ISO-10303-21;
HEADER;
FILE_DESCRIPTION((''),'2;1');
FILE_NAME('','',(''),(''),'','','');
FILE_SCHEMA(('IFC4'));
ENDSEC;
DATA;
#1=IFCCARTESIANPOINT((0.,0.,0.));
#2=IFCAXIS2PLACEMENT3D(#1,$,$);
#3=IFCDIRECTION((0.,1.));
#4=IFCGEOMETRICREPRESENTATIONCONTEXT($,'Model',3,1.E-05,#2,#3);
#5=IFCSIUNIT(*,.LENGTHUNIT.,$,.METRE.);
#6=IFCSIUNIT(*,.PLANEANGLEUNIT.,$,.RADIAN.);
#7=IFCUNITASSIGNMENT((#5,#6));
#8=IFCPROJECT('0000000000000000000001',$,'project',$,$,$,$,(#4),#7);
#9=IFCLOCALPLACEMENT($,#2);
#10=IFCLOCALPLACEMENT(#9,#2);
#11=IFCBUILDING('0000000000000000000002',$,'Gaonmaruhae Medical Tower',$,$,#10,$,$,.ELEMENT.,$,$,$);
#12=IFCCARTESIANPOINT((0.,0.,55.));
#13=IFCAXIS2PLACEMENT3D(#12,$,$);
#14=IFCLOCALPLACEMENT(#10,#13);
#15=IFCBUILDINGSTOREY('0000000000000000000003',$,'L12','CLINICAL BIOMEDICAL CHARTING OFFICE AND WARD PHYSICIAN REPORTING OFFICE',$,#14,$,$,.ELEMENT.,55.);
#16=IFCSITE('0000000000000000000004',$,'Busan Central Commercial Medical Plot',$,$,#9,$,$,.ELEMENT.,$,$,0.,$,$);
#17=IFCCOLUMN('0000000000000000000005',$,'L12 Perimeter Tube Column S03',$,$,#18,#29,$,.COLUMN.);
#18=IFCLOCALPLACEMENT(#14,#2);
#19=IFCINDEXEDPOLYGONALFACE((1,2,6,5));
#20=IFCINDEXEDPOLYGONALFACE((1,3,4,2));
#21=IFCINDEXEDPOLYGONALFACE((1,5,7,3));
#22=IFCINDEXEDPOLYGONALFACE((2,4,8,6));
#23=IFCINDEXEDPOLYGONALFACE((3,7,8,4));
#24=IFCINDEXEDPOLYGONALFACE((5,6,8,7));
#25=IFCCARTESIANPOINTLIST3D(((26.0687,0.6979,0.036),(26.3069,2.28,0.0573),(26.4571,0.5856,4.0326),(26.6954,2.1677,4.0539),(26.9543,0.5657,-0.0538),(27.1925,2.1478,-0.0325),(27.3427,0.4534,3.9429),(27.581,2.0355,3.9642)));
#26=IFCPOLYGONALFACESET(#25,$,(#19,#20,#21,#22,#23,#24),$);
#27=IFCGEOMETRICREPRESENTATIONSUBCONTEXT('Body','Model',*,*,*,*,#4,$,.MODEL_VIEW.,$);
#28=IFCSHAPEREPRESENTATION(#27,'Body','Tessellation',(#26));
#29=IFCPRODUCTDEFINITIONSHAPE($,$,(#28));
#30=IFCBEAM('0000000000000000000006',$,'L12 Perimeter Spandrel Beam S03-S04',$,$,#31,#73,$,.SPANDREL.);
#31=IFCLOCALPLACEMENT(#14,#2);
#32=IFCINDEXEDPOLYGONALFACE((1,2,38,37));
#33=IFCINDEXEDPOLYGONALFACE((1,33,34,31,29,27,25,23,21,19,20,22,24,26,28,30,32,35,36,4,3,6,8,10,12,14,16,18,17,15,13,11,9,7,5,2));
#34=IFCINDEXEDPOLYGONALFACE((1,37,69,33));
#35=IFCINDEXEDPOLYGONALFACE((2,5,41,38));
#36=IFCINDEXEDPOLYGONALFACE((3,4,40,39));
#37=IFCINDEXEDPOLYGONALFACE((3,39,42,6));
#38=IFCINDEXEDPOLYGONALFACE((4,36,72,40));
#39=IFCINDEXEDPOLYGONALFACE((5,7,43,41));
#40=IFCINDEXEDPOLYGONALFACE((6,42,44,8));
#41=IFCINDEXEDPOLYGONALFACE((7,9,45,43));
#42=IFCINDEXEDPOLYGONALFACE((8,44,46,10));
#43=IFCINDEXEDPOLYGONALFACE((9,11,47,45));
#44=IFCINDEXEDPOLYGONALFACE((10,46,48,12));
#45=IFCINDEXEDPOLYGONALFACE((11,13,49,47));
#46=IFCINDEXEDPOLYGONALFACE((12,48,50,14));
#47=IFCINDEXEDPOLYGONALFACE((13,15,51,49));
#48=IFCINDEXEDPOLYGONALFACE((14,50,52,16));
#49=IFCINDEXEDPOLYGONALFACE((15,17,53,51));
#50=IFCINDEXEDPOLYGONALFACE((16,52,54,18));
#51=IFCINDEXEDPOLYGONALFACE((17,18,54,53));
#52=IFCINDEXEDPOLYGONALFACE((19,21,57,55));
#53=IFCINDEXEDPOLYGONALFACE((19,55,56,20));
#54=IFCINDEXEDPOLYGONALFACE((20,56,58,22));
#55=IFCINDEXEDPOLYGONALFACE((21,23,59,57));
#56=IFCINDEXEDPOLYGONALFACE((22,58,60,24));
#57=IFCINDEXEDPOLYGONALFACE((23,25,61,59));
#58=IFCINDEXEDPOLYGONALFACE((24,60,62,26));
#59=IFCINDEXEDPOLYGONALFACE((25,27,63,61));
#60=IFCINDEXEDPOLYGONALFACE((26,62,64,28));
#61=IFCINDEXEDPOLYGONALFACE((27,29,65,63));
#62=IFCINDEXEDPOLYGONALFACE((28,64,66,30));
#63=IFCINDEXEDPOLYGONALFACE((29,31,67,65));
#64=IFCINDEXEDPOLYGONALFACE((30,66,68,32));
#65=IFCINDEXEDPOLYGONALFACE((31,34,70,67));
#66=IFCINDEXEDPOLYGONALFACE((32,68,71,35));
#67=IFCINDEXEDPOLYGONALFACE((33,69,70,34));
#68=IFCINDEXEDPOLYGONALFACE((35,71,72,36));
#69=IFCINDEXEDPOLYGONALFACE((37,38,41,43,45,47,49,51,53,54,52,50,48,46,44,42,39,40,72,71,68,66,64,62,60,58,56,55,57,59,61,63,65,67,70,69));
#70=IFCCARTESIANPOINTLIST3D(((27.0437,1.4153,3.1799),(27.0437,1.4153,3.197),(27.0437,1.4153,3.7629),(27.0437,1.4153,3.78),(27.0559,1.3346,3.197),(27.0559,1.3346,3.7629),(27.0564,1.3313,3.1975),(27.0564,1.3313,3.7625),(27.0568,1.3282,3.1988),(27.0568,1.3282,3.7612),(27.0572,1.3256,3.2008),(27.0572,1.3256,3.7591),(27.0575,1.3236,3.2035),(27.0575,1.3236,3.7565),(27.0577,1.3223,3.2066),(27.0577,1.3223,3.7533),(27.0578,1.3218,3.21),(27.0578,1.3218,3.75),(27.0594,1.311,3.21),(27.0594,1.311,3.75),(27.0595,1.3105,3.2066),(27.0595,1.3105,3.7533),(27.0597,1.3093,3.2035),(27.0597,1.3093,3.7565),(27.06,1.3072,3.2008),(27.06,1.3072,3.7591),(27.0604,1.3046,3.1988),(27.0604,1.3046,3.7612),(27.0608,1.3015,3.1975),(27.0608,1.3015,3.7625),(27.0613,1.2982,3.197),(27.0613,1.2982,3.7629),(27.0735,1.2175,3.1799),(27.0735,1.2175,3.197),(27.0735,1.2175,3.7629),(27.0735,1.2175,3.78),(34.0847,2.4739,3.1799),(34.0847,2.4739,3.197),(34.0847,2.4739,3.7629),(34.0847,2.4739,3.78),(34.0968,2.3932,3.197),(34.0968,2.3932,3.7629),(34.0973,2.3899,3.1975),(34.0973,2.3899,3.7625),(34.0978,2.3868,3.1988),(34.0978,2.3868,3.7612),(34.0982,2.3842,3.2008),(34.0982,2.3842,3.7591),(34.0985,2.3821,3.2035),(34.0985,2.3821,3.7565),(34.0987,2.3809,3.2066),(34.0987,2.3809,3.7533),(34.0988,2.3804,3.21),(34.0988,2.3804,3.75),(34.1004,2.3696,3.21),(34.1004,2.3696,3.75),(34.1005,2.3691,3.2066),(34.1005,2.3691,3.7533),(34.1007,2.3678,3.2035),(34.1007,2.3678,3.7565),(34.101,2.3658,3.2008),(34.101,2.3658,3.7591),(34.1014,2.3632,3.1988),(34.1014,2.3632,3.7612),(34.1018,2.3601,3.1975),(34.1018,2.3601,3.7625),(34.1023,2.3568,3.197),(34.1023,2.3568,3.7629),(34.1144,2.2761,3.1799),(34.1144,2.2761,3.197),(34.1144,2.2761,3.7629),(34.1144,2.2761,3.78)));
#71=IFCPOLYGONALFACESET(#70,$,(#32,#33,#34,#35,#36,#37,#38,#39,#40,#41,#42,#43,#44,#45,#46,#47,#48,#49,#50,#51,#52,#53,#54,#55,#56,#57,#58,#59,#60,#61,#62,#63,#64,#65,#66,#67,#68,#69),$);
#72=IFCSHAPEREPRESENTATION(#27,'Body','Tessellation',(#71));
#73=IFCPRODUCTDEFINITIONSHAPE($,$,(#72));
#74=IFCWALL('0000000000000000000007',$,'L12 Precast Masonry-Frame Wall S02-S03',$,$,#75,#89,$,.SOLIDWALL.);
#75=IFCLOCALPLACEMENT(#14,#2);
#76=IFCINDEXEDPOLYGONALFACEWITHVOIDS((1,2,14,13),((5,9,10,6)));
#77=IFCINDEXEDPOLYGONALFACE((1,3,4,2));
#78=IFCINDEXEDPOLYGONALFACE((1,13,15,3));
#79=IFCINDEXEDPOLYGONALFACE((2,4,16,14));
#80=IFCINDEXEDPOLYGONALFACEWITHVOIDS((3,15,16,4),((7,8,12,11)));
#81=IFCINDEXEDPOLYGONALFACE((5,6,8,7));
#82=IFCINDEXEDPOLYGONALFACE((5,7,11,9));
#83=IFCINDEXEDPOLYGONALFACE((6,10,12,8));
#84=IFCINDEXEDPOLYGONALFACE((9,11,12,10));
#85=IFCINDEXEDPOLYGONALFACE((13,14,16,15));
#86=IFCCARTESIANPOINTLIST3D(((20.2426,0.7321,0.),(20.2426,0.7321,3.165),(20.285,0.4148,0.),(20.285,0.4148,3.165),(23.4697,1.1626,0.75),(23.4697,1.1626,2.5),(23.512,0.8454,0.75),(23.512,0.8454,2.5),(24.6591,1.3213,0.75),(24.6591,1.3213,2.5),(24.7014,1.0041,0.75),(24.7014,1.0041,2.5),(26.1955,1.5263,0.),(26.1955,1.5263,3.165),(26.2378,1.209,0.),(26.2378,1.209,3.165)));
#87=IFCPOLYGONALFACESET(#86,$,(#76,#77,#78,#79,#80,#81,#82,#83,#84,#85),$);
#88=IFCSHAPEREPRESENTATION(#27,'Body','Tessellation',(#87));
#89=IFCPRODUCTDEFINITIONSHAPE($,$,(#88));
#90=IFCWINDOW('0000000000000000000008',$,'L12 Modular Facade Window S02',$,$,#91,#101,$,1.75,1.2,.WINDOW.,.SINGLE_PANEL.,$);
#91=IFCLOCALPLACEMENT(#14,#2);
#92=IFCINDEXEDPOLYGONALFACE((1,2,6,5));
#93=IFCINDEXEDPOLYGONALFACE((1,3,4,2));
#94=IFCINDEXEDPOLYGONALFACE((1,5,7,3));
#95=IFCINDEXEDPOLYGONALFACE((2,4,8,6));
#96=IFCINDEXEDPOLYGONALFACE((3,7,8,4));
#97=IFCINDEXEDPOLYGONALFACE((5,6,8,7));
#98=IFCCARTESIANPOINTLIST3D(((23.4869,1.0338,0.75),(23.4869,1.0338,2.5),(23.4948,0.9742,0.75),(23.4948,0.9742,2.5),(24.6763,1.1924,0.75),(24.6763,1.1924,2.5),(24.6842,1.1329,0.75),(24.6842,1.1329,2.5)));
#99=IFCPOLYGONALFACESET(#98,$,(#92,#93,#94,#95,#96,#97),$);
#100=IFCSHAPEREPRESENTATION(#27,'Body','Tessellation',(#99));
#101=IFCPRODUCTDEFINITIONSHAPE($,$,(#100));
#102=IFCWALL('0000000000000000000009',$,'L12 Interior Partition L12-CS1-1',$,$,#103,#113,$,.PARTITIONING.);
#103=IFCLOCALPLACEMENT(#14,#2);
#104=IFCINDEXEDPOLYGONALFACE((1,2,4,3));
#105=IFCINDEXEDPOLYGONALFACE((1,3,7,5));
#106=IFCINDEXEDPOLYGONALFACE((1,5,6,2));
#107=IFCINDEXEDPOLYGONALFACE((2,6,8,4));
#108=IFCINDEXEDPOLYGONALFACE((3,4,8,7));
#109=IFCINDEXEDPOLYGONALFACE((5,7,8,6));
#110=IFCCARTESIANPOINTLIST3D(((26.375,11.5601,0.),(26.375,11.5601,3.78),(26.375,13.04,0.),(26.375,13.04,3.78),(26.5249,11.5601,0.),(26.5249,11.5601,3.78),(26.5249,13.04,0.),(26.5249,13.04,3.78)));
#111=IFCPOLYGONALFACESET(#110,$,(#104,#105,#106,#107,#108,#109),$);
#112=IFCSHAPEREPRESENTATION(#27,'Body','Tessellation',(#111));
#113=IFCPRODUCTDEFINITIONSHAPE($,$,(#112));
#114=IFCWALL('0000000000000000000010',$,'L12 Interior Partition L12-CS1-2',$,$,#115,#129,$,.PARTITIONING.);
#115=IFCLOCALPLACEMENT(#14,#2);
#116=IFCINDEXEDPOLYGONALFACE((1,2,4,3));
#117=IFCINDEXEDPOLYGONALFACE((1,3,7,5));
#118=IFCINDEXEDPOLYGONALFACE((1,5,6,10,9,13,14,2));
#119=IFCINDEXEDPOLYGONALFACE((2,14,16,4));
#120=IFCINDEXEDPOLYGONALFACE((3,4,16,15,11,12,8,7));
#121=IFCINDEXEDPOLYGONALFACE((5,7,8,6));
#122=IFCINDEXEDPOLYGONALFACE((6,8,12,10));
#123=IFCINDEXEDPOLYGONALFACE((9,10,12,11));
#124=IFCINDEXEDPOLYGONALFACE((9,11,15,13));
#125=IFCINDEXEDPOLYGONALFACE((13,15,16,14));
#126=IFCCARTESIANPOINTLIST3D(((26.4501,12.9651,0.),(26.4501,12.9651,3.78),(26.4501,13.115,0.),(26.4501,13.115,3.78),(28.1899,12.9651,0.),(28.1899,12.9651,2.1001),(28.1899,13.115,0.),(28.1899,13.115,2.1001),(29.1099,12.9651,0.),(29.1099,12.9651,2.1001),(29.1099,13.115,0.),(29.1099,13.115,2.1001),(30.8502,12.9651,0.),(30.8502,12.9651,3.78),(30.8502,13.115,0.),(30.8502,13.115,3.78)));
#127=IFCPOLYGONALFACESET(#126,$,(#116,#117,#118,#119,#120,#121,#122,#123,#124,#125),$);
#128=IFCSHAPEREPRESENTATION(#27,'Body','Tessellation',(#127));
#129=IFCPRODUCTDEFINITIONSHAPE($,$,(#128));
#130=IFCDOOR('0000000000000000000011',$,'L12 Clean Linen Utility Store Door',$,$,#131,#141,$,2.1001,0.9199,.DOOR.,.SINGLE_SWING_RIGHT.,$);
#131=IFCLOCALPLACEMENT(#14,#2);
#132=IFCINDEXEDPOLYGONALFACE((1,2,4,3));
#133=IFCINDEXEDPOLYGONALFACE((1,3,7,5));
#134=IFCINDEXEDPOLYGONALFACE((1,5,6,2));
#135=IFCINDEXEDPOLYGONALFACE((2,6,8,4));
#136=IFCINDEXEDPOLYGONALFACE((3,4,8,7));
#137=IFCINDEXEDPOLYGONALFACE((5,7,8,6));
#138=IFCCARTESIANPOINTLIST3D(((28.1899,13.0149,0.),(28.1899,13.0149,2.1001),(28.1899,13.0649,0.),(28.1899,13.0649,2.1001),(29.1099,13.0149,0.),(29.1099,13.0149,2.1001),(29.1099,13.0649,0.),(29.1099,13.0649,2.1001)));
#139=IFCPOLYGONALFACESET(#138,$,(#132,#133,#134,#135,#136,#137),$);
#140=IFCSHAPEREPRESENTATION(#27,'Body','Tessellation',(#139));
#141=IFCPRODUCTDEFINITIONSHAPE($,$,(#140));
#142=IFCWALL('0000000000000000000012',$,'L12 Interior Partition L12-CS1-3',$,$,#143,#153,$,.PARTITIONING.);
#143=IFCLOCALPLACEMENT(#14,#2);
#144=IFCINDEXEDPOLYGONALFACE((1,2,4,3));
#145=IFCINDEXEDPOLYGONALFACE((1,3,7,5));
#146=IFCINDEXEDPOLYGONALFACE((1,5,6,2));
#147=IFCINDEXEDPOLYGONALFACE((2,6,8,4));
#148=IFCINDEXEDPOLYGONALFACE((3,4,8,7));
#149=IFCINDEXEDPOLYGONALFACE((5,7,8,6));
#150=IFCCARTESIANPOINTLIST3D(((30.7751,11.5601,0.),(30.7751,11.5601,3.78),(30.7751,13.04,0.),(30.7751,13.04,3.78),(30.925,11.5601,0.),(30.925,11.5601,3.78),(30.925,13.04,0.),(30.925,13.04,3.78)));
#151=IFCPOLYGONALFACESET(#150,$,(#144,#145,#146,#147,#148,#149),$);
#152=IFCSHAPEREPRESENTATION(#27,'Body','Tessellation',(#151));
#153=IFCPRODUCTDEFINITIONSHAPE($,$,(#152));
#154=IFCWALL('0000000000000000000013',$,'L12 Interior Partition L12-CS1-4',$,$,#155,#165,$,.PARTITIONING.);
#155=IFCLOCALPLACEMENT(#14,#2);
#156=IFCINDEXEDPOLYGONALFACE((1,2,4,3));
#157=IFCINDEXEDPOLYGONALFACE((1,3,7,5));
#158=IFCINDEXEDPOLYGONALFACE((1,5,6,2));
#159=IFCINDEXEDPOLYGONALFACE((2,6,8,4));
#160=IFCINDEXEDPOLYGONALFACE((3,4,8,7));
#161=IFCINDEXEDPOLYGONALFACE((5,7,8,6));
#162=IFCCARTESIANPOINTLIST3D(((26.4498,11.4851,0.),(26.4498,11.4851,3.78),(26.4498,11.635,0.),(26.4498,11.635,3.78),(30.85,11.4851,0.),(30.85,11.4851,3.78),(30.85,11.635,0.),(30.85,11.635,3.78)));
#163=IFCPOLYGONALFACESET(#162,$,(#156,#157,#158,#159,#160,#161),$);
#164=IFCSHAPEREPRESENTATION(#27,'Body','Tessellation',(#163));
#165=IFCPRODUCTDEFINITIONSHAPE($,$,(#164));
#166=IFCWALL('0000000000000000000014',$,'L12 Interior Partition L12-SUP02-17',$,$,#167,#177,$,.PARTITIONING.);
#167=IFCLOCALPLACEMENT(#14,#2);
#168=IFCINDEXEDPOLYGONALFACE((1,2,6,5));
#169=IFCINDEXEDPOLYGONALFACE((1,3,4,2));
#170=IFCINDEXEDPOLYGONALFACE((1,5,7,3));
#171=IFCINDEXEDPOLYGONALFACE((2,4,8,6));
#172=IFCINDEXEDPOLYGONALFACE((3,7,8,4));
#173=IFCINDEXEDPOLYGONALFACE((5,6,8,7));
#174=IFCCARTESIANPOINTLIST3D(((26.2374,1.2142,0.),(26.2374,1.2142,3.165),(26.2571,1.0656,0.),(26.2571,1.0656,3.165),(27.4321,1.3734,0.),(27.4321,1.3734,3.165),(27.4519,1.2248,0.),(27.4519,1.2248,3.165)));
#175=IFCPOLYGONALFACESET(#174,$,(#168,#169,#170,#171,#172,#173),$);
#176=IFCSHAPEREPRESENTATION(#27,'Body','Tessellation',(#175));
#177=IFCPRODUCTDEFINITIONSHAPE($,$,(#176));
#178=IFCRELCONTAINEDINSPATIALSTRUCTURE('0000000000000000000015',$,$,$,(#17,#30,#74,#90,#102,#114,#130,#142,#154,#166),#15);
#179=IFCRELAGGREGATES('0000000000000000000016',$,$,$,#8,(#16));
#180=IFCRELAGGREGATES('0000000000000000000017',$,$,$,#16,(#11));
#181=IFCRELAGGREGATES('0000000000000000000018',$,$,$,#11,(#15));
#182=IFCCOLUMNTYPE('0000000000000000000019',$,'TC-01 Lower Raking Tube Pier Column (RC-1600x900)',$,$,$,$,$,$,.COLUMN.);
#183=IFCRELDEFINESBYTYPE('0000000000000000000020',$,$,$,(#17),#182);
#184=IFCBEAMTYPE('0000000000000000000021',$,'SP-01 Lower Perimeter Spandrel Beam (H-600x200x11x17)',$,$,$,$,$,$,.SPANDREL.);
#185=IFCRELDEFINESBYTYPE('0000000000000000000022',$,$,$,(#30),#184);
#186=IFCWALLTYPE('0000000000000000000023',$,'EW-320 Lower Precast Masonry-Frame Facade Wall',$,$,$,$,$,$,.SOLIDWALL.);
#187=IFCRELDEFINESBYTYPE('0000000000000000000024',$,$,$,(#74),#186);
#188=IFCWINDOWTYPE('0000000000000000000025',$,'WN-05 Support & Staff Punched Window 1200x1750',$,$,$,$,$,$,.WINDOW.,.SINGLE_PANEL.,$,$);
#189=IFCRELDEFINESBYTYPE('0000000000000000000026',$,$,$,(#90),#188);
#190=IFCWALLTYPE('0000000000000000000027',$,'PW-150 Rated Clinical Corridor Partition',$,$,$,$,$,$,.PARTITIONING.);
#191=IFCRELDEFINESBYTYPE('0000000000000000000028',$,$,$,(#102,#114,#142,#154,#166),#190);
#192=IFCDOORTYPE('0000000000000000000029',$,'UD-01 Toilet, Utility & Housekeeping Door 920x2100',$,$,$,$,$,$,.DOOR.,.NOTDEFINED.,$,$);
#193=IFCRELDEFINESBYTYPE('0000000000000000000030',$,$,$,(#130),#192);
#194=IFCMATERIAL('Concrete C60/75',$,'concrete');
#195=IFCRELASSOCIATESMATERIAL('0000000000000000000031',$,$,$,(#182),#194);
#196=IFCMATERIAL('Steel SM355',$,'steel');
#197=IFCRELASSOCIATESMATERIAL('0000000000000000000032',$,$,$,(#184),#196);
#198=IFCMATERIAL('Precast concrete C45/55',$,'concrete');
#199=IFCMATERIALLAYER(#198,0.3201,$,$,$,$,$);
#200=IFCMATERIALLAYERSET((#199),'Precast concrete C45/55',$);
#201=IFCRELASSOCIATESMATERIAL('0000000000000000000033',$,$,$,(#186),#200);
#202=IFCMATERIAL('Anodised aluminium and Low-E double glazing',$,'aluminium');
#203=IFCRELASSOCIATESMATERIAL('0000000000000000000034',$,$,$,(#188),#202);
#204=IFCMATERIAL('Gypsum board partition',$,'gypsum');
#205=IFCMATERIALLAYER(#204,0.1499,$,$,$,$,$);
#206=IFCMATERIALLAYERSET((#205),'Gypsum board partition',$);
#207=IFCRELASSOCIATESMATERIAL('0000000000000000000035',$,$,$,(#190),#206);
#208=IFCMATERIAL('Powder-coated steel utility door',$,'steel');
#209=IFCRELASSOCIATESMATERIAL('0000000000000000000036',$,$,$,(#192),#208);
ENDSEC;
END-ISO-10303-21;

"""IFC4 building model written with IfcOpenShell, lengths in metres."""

from ifc_helpers import new_model, si_unit, direction, frame, frame_2d, origin, origin_2d, place, context, subcontext, project, spatial, rectangle, i_section, extrude, material, layer, layer_set, material_profile, profile_set, type_object, element, fill, save


model = new_model("IFC4")

# Units and contexts
model_context = context("Model", 3, precision=1e-05, world=origin(), true_north=direction((0.0, 1.0)))
body_context = subcontext(model_context, "Body", "Model", "MODEL_VIEW")
ifc_project = project(units=[si_unit("LENGTHUNIT", "METRE"), si_unit("PLANEANGLEUNIT", "RADIAN")], contexts=[model_context])

# Site, building, storey
site_placement = place(None, origin())
site = spatial("IfcSite", under=ifc_project, at=site_placement, Name="Busan Central Commercial Medical Plot", CompositionType="ELEMENT", RefElevation=0.0)
building_placement = place(site_placement, origin())
building = spatial("IfcBuilding", under=site, at=building_placement, Name="Gaonmaruhae Medical Tower", CompositionType="ELEMENT")
storey_placement = place(building_placement, frame((0.0, 0.0, 55.0)))
storey = spatial("IfcBuildingStorey", under=building, at=storey_placement, Name="L12", Description="CLINICAL BIOMEDICAL CHARTING OFFICE AND WARD PHYSICIAN REPORTING OFFICE", CompositionType="ELEMENT", Elevation=55.0)

# Column
ifc_material_1 = material(Name="Concrete C60/75", Category="concrete")
ifc_material_profile_1 = material_profile(ifc_material_1, rectangle(XDim=1.6001, YDim=0.8999, at=origin_2d()), Name="RC-1600x900")
ifc_profile_set_1 = profile_set([ifc_material_profile_1], Name="Concrete C60/75")
column_type = type_object("IfcColumnType", Name="TC-01 Lower Raking Tube Pier Column (RC-1600x900)", PredefinedType="COLUMN", material=ifc_profile_set_1)
column_placement = place(storey_placement, frame((26.6306, 1.4229, 0.0017), z_axis=(0.096696, -0.027957, 0.994921), x_axis=(0.148903, 0.988762, 0.013313)))
element("IfcColumn", 1, at=column_placement, inside=storey, type_object=column_type, Name="L12 Perimeter Tube Column S03", PredefinedType="COLUMN", context=body_context, shape_type="SweptSolid", body=[
    extrude(rectangle(XDim=1.6001, YDim=0.8999, at=origin_2d()), origin(), (0.0, 0.0, 1.0), 4.0171),
])

# Beam
ifc_material_2 = material(Name="Steel SM355", Category="steel")
ifc_material_profile_2 = material_profile(ifc_material_2, i_section(OverallWidth=0.2, OverallDepth=0.6001, WebThickness=0.011, FlangeThickness=0.0171, FilletRadius=0.0129, at=origin_2d()), Name="H-600x200x11x17")
ifc_profile_set_2 = profile_set([ifc_material_profile_2], Name="Steel SM355")
beam_type = type_object("IfcBeamType", Name="SP-01 Lower Perimeter Spandrel Beam (H-600x200x11x17)", PredefinedType="SPANDREL", material=ifc_profile_set_2)
beam_placement = place(storey_placement, frame((27.0586, 1.3164, 3.48), z_axis=(0.988886, 0.148676, 0.0), x_axis=(-0.148676, 0.988886, 0.0)))
element("IfcBeam", 2, at=beam_placement, inside=storey, type_object=beam_type, Name="L12 Perimeter Spandrel Beam S03-S04", PredefinedType="SPANDREL", context=body_context, shape_type="SweptSolid", body=[
    extrude(i_section(OverallWidth=0.2, OverallDepth=0.6001, WebThickness=0.011, FlangeThickness=0.0171, FilletRadius=0.0129, at=origin_2d()), origin(), (0.0, 0.0, 1.0), 7.1201),
])

# Wall, opening, window
ifc_material_3 = material(Name="Precast concrete C45/55", Category="concrete")
ifc_layer_1 = layer(ifc_material_3, 0.3201)
ifc_layer_set_1 = layer_set([ifc_layer_1], Name="Precast concrete C45/55")
wall_type_1 = type_object("IfcWallType", Name="EW-320 Lower Precast Masonry-Frame Facade Wall", PredefinedType="SOLIDWALL", material=ifc_layer_set_1)
wall_1_placement = place(storey_placement, frame((26.2168, 1.3677, 0.0), z_axis=(0.0, 0.0, 1.0), x_axis=(-0.991218, -0.132241, 0.0)))
wall_1 = element("IfcWall", 3, at=wall_1_placement, inside=storey, type_object=wall_type_1, Name="L12 Precast Masonry-Frame Wall S02-S03", PredefinedType="SOLIDWALL", context=body_context, shape_type="SweptSolid", body=[
    extrude(rectangle(XDim=6.0056, YDim=0.3201, at=frame_2d((3.0029, 0.0))), origin(), (0.0, 0.0, 1.0), 3.165),
])
opening_1_placement = place(wall_1_placement, frame((1.55, 0.0, 0.75)))
opening_1 = element("IfcOpeningElement", 4, at=opening_1_placement, cuts=wall_1, PredefinedType="OPENING", context=body_context, shape_type="SweptSolid", body=[
    extrude(rectangle(XDim=1.2, YDim=1.75, at=frame_2d((0.6001, 0.875))), frame((0.0, 0.1699, 0.0), z_axis=(0.0, -1.0, 0.0), x_axis=(1.0, 0.0, 0.0)), (0.0, 0.0, 1.0), 0.3401),
])
ifc_material_4 = material(Name="Anodised aluminium and Low-E double glazing", Category="aluminium")
window_type = type_object("IfcWindowType", Name="WN-05 Support & Staff Punched Window 1200x1750", PartitioningType="SINGLE_PANEL", PredefinedType="WINDOW", material=ifc_material_4)
window_placement = place(opening_1_placement, origin())
window = element("IfcWindow", 5, at=window_placement, inside=storey, type_object=window_type, Name="L12 Modular Facade Window S02", OverallHeight=1.75, OverallWidth=1.2, PartitioningType="SINGLE_PANEL", PredefinedType="WINDOW", context=body_context, shape_type="SweptSolid", body=[
    extrude(rectangle(XDim=1.2, YDim=1.75, at=frame_2d((0.6001, 0.875))), frame((0.0, 0.03, 0.0), z_axis=(0.0, -1.0, 0.0), x_axis=(1.0, 0.0, 0.0)), (0.0, 0.0, 1.0), 0.0601),
])
fill(opening_1, window)

# Wall
ifc_material_5 = material(Name="Gypsum board partition", Category="gypsum")
ifc_layer_2 = layer(ifc_material_5, 0.1499)
ifc_layer_set_2 = layer_set([ifc_layer_2], Name="Gypsum board partition")
wall_type_2 = type_object("IfcWallType", Name="PW-150 Rated Clinical Corridor Partition", PredefinedType="PARTITIONING", material=ifc_layer_set_2)
wall_2_placement = place(storey_placement, frame((26.45, 11.5601, 0.0), z_axis=(0.0, 0.0, 1.0), x_axis=(0.0, 1.0, 0.0)))
element("IfcWall", 6, at=wall_2_placement, inside=storey, type_object=wall_type_2, Name="L12 Interior Partition L12-CS1-1", PredefinedType="PARTITIONING", context=body_context, shape_type="SweptSolid", body=[
    extrude(rectangle(XDim=1.48, YDim=0.1499, at=frame_2d((0.74, 0.0))), origin(), (0.0, 0.0, 1.0), 3.78),
])

# Wall, opening, door
wall_3_placement = place(storey_placement, frame((26.45, 13.04, 0.0), z_axis=(0.0, 0.0, 1.0), x_axis=(1.0, 0.0, 0.0)))
wall_3 = element("IfcWall", 7, at=wall_3_placement, inside=storey, type_object=wall_type_2, Name="L12 Interior Partition L12-CS1-2", PredefinedType="PARTITIONING", context=body_context, shape_type="SweptSolid", body=[
    extrude(rectangle(XDim=4.4001, YDim=0.1499, at=frame_2d((2.2002, 0.0))), origin(), (0.0, 0.0, 1.0), 3.78),
])
opening_2_placement = place(wall_3_placement, frame((1.74, 0.0, 0.0)))
opening_2 = element("IfcOpeningElement", 8, at=opening_2_placement, cuts=wall_3, PredefinedType="OPENING", context=body_context, shape_type="SweptSolid", body=[
    extrude(rectangle(XDim=0.9199, YDim=2.1001, at=frame_2d((0.46, 1.05))), frame((0.0, 0.085, 0.0), z_axis=(0.0, -1.0, 0.0), x_axis=(1.0, 0.0, 0.0)), (0.0, 0.0, 1.0), 0.1699),
])
ifc_material_6 = material(Name="Powder-coated steel utility door", Category="steel")
door_type_1 = type_object("IfcDoorType", Name="UD-01 Toilet, Utility & Housekeeping Door 920x2100", OperationType="NOTDEFINED", PredefinedType="DOOR", material=ifc_material_6)
door_1_placement = place(opening_2_placement, origin())
door_1 = element("IfcDoor", 9, at=door_1_placement, inside=storey, type_object=door_type_1, Name="L12 Clean Linen Utility Store Door", OperationType="SINGLE_SWING_RIGHT", OverallHeight=2.1001, OverallWidth=0.9199, PredefinedType="DOOR", context=body_context, shape_type="SweptSolid", body=[
    extrude(rectangle(XDim=0.9199, YDim=2.1001, at=frame_2d((0.46, 1.05))), frame((0.0, 0.0249, 0.0), z_axis=(0.0, -1.0, 0.0), x_axis=(1.0, 0.0, 0.0)), (0.0, 0.0, 1.0), 0.05),
])
fill(opening_2, door_1)

# Walls
wall_4_placement = place(storey_placement, frame((30.8501, 13.04, 0.0), z_axis=(0.0, 0.0, 1.0), x_axis=(0.0, -1.0, 0.0)))
element("IfcWall", 10, at=wall_4_placement, inside=storey, type_object=wall_type_2, Name="L12 Interior Partition L12-CS1-3", PredefinedType="PARTITIONING", context=body_context, shape_type="SweptSolid", body=[
    extrude(rectangle(XDim=1.48, YDim=0.1499, at=frame_2d((0.74, 0.0))), origin(), (0.0, 0.0, 1.0), 3.78),
])
wall_5_placement = place(storey_placement, frame((30.8501, 11.5601, 0.0), z_axis=(0.0, 0.0, 1.0), x_axis=(-1.0, 0.0, 0.0)))
element("IfcWall", 11, at=wall_5_placement, inside=storey, type_object=wall_type_2, Name="L12 Interior Partition L12-CS1-4", PredefinedType="PARTITIONING", context=body_context, shape_type="SweptSolid", body=[
    extrude(rectangle(XDim=4.4001, YDim=0.1499, at=frame_2d((2.2002, 0.0))), origin(), (0.0, 0.0, 1.0), 3.78),
])
wall_6_placement = place(storey_placement, frame((27.4419, 1.2991, 0.0), z_axis=(0.0, 0.0, 1.0), x_axis=(-0.991242, -0.132058, 0.0)))
element("IfcWall", 12, at=wall_6_placement, inside=storey, type_object=wall_type_2, Name="L12 Interior Partition L12-SUP02-17", PredefinedType="PARTITIONING", context=body_context, shape_type="SweptSolid", body=[
    extrude(rectangle(XDim=1.2053, YDim=0.1499, at=frame_2d((0.6025, 0.0))), origin(), (0.0, 0.0, 1.0), 3.165),
])

save(model, "model.ifc")
